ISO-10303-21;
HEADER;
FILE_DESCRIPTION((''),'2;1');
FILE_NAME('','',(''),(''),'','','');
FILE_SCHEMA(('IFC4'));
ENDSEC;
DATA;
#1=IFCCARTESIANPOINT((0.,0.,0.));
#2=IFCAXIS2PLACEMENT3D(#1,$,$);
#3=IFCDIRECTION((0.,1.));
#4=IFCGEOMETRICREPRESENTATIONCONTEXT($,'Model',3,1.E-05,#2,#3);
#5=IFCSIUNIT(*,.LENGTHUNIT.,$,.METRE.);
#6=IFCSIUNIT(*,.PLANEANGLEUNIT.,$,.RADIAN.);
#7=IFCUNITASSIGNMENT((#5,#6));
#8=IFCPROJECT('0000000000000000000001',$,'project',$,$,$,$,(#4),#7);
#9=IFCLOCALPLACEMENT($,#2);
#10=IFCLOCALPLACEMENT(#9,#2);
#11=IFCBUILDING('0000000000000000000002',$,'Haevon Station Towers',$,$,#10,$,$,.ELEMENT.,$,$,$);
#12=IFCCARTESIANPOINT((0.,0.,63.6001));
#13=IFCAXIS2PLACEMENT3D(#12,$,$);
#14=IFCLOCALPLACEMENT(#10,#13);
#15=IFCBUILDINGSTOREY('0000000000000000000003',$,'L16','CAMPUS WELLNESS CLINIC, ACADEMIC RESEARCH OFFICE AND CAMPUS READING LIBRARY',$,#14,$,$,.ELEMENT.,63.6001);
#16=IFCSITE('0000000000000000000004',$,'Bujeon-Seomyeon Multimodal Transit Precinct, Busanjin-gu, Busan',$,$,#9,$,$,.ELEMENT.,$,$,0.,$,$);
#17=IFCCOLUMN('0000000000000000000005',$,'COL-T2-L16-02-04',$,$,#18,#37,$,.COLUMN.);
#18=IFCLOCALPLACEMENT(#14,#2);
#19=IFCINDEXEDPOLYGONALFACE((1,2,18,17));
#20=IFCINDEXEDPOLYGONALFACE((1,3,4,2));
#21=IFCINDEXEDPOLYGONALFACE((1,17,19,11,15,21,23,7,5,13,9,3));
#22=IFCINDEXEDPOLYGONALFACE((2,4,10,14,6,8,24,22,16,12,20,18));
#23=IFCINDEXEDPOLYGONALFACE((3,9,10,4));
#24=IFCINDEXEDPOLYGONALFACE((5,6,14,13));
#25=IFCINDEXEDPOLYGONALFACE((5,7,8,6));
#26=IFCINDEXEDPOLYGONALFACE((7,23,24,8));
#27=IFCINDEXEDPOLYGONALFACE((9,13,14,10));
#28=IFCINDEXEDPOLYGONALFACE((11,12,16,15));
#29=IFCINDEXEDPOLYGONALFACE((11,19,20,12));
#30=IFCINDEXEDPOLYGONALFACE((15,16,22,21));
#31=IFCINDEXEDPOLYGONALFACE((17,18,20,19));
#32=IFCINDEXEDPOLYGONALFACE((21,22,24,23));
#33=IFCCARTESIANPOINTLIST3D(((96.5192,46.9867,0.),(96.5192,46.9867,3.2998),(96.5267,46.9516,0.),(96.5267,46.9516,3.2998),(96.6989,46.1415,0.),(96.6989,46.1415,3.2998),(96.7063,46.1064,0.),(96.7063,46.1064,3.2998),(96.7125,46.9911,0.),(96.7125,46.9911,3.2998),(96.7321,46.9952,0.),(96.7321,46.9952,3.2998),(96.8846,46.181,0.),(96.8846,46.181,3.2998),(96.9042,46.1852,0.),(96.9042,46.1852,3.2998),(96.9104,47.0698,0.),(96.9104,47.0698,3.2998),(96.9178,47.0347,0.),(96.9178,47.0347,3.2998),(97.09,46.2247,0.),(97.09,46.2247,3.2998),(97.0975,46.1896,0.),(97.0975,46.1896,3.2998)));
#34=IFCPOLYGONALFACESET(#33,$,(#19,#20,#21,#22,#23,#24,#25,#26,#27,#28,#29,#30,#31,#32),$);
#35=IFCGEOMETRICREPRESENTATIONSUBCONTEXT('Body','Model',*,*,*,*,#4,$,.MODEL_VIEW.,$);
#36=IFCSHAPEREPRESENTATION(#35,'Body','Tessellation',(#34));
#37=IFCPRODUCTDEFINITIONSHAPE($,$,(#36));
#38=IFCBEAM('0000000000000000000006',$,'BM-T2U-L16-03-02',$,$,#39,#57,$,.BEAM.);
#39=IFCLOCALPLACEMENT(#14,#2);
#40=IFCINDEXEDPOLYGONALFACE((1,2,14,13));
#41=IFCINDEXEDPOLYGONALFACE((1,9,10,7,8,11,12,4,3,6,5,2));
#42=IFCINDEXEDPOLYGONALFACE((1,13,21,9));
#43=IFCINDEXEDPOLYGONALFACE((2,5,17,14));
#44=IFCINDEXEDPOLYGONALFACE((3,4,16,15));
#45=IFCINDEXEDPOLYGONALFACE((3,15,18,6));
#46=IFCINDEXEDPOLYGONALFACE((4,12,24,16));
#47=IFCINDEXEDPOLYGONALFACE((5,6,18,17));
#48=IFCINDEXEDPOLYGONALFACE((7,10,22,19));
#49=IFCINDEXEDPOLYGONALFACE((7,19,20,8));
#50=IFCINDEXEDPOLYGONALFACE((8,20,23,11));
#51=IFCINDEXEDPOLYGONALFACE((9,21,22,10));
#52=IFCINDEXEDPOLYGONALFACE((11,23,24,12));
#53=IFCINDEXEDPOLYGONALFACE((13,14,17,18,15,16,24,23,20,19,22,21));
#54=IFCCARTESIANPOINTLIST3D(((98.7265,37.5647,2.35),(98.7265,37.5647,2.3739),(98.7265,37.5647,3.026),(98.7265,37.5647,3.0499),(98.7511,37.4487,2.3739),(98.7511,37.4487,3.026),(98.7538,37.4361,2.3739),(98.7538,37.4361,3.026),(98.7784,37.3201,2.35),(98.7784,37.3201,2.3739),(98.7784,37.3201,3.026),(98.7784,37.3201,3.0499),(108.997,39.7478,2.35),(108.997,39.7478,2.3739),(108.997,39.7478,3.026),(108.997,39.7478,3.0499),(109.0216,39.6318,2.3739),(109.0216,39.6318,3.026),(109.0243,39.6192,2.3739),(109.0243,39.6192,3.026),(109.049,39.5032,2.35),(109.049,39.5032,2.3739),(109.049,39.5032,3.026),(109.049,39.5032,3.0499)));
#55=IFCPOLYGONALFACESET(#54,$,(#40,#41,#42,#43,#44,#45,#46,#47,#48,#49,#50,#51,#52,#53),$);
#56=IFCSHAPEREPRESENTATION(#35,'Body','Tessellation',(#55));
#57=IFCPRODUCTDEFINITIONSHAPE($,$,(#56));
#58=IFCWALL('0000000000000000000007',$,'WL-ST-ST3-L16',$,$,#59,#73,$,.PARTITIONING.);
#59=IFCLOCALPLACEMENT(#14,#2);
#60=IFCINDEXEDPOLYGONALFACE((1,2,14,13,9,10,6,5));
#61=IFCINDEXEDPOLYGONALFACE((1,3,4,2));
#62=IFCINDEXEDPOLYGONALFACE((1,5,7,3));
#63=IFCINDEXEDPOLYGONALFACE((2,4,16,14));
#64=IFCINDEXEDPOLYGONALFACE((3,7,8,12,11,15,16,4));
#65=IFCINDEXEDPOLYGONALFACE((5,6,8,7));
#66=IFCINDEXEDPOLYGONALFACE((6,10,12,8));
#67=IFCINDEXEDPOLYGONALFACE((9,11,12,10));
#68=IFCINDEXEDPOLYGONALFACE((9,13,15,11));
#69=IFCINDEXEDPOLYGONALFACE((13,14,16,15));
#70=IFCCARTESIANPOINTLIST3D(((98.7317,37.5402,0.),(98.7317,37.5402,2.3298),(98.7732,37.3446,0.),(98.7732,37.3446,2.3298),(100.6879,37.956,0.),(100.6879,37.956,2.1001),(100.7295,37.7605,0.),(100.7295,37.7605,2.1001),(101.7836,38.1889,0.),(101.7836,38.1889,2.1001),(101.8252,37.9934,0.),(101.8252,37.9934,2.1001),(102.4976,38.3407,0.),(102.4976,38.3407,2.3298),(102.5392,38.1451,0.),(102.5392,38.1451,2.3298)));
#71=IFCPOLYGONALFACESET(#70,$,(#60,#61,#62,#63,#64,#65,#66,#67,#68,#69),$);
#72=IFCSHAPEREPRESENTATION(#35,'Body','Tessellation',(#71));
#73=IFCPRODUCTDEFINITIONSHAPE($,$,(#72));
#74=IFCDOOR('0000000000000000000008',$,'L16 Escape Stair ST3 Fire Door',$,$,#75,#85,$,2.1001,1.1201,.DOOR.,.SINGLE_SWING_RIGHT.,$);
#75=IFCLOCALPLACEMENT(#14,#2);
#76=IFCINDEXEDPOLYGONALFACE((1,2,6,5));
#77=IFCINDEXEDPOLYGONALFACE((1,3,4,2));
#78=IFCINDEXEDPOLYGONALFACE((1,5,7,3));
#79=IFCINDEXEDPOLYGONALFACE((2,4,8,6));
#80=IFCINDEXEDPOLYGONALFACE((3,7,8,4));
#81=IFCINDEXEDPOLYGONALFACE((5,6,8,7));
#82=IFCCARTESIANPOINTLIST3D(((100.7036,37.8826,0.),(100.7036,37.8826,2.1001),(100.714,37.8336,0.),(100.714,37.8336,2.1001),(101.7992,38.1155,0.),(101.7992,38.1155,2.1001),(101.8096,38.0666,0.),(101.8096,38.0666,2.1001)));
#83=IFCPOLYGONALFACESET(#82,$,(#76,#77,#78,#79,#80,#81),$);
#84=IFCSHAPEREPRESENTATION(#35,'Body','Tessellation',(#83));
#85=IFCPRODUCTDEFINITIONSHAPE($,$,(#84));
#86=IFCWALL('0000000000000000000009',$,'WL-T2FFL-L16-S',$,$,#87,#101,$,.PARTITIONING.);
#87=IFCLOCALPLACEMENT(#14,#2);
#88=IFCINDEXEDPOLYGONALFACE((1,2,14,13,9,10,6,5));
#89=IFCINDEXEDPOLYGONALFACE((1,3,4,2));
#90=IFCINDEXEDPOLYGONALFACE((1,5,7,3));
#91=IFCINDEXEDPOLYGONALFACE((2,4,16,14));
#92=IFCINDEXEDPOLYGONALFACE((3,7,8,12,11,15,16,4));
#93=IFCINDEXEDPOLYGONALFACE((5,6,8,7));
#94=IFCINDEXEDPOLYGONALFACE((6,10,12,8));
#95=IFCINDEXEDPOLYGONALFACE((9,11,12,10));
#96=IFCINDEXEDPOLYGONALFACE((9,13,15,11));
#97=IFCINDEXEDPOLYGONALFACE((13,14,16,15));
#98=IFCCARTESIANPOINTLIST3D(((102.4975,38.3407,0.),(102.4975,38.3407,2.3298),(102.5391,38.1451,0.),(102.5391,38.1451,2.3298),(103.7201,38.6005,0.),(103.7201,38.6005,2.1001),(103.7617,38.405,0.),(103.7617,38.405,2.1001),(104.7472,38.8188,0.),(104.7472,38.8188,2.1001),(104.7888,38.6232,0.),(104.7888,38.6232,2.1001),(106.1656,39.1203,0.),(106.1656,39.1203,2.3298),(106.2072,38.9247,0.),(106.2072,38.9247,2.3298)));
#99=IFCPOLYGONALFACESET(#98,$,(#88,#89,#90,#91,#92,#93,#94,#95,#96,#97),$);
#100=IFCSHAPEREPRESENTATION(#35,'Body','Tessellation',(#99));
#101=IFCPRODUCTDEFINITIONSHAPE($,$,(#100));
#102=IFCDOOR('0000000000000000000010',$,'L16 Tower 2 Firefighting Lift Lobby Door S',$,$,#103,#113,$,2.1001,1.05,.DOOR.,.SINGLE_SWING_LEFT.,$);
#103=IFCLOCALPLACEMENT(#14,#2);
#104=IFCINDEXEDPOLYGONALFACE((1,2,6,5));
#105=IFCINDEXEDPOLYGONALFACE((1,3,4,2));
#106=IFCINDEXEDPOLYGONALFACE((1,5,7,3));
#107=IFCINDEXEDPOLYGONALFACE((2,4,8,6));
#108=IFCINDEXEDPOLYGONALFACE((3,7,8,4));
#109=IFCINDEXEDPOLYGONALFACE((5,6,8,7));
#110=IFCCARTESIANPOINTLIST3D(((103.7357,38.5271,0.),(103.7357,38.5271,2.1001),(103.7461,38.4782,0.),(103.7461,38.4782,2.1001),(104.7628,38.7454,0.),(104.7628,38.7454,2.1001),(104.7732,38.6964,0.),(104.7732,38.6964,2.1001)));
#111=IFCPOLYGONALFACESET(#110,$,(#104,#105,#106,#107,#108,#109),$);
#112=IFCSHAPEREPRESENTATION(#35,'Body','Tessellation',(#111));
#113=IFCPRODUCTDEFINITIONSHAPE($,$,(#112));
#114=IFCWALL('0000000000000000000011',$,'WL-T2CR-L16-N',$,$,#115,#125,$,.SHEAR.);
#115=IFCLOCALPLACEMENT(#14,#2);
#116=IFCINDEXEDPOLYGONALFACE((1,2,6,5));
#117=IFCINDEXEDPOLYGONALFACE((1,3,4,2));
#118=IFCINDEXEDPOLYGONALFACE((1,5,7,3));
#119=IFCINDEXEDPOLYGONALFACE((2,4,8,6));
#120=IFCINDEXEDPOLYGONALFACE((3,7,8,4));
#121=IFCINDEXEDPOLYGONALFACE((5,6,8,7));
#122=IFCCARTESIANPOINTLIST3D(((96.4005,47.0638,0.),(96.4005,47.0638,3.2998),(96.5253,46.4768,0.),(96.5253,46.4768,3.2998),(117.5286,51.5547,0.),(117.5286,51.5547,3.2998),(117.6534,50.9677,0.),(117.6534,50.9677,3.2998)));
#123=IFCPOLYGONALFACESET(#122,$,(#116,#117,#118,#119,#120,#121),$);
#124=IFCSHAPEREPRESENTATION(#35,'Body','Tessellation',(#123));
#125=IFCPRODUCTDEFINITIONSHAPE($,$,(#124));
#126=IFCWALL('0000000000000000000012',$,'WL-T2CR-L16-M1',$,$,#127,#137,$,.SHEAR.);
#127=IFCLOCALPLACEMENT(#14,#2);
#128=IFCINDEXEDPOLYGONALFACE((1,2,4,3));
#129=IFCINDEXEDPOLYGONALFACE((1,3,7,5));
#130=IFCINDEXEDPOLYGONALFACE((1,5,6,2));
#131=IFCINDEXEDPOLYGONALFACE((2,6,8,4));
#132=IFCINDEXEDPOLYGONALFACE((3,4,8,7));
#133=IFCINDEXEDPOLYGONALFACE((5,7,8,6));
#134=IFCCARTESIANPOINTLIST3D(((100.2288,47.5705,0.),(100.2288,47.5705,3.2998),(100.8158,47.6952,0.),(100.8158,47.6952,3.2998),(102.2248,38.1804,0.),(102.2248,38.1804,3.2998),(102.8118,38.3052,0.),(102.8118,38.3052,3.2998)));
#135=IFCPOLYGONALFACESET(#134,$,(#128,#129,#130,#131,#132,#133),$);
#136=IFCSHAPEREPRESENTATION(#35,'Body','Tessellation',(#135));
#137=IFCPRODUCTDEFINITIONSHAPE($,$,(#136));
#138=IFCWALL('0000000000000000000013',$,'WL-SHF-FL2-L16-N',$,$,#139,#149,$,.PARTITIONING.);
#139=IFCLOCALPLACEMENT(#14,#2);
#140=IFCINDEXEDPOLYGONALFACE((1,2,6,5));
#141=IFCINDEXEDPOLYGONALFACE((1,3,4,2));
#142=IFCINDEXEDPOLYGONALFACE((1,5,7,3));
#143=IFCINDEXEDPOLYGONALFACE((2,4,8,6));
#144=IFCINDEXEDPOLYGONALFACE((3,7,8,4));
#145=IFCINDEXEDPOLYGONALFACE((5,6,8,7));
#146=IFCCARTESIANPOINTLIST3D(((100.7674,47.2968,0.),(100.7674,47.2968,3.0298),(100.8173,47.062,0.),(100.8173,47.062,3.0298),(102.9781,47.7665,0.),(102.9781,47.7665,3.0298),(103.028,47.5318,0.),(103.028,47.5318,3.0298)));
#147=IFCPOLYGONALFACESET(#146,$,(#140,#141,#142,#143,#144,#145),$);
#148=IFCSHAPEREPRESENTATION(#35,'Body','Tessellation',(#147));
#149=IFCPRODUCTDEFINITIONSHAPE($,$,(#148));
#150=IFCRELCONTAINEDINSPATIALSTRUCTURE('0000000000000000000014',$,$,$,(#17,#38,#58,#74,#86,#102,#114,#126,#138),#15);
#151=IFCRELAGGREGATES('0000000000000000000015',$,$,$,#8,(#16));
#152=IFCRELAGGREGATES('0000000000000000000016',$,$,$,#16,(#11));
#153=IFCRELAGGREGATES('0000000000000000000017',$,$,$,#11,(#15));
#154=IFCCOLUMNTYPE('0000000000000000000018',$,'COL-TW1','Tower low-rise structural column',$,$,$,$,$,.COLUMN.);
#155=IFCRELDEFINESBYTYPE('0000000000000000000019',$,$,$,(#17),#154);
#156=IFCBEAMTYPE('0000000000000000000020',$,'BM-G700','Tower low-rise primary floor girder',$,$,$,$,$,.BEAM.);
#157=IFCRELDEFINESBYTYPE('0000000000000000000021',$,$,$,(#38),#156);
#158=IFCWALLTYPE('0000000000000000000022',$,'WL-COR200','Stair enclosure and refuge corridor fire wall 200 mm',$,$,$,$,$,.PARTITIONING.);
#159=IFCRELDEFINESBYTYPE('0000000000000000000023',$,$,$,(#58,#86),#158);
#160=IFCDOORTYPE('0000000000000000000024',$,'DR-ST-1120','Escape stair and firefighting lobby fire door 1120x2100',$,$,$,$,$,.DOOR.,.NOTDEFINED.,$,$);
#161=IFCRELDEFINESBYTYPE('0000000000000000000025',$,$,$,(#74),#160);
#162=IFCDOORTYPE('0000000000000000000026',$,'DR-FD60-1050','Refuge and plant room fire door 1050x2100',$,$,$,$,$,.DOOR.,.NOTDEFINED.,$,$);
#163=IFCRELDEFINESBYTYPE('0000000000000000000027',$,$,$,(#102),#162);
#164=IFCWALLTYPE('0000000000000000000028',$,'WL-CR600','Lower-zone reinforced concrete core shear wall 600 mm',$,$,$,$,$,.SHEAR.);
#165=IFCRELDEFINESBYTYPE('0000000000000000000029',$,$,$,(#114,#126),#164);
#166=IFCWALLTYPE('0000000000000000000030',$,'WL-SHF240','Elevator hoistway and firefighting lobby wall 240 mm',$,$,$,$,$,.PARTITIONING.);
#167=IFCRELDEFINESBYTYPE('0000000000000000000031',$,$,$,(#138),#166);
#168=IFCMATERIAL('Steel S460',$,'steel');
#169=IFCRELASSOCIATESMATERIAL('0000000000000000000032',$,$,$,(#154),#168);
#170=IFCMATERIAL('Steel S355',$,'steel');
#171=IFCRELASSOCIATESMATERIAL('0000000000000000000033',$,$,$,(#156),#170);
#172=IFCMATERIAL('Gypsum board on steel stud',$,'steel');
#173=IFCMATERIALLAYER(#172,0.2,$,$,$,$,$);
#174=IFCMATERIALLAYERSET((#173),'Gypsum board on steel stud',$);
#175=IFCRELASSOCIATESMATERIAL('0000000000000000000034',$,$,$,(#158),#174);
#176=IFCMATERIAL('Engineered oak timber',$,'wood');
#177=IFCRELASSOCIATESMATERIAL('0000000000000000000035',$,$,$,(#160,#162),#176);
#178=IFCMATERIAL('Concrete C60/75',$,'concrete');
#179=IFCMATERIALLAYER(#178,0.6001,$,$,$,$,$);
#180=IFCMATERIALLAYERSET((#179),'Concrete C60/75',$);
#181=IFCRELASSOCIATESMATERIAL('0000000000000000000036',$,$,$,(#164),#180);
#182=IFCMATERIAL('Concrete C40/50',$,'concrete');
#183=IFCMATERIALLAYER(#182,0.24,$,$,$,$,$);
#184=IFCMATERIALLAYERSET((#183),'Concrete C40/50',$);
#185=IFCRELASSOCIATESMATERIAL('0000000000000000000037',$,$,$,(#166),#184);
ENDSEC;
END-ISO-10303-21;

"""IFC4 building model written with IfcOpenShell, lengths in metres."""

from ifc_helpers import new_model, si_unit, direction, frame, frame_2d, origin, origin_2d, place, context, subcontext, project, spatial, rectangle, i_section, extrude, material, layer, layer_set, material_profile, profile_set, type_object, element, fill, save


model = new_model("IFC4")

# Units and contexts
model_context = context("Model", 3, precision=1e-05, world=origin(), true_north=direction((0.0, 1.0)))
body_context = subcontext(model_context, "Body", "Model", "MODEL_VIEW")
ifc_project = project(units=[si_unit("LENGTHUNIT", "METRE"), si_unit("PLANEANGLEUNIT", "RADIAN")], contexts=[model_context])

# Site, building, storey
site_placement = place(None, origin())
site = spatial("IfcSite", under=ifc_project, at=site_placement, Name="Bujeon-Seomyeon Multimodal Transit Precinct, Busanjin-gu, Busan", CompositionType="ELEMENT", RefElevation=0.0)
building_placement = place(site_placement, origin())
building = spatial("IfcBuilding", under=site, at=building_placement, Name="Haevon Station Towers", CompositionType="ELEMENT")
storey_placement = place(building_placement, frame((0.0, 0.0, 63.6001)))
storey = spatial("IfcBuildingStorey", under=building, at=storey_placement, Name="L16", Description="CAMPUS WELLNESS CLINIC, ACADEMIC RESEARCH OFFICE AND CAMPUS READING LIBRARY", CompositionType="ELEMENT", Elevation=63.6001)

# Column
ifc_material_1 = material(Name="Steel S460", Category="steel")
ifc_material_profile_1 = material_profile(ifc_material_1, i_section(OverallWidth=0.3999, OverallDepth=0.8999, WebThickness=0.02, FlangeThickness=0.0359, at=origin_2d()), Name="H-900x400x20x36")
ifc_profile_set_1 = profile_set([ifc_material_profile_1], Name="Steel S460")
column_type = type_object("IfcColumnType", Name="COL-TW1", Description="Tower low-rise structural column", PredefinedType="COLUMN", material=ifc_profile_set_1)
column_placement = place(storey_placement, frame((96.8083, 46.5881, 0.0), z_axis=(0.0, 0.0, 1.0), x_axis=(0.978148, 0.207912, 0.0)))
element("IfcColumn", 1, at=column_placement, inside=storey, type_object=column_type, Name="COL-T2-L16-02-04", PredefinedType="COLUMN", context=body_context, shape_type="SweptSolid", body=[
    extrude(i_section(OverallWidth=0.3999, OverallDepth=0.8999, WebThickness=0.02, FlangeThickness=0.0359, at=origin_2d()), origin(), (0.0, 0.0, 1.0), 3.2998),
])

# Beam
ifc_material_2 = material(Name="Steel S355", Category="steel")
ifc_material_profile_2 = material_profile(ifc_material_2, i_section(OverallWidth=0.25, OverallDepth=0.7, WebThickness=0.0129, FlangeThickness=0.0239, at=origin_2d()), Name="H-700x250x13x24")
ifc_profile_set_2 = profile_set([ifc_material_profile_2], Name="Steel S355")
beam_type = type_object("IfcBeamType", Name="BM-G700", Description="Tower low-rise primary floor girder", PredefinedType="BEAM", material=ifc_profile_set_2)
beam_placement = place(storey_placement, frame((98.7524, 37.4424, 2.7), z_axis=(0.978147, 0.207915, 0.0), x_axis=(-0.207915, 0.978147, 0.0)))
element("IfcBeam", 2, at=beam_placement, inside=storey, type_object=beam_type, Name="BM-T2U-L16-03-02", PredefinedType="BEAM", context=body_context, shape_type="SweptSolid", body=[
    extrude(i_section(OverallWidth=0.25, OverallDepth=0.7, WebThickness=0.0129, FlangeThickness=0.0239, at=origin_2d()), origin(), (0.0, 0.0, 1.0), 10.5),
])

# Walls, openings, doors
ifc_material_3 = material(Name="Gypsum board on steel stud", Category="steel")
ifc_layer_1 = layer(ifc_material_3, 0.2)
ifc_layer_set_1 = layer_set([ifc_layer_1], Name="Gypsum board on steel stud")
wall_type_1 = type_object("IfcWallType", Name="WL-COR200", Description="Stair enclosure and refuge corridor fire wall 200 mm", PredefinedType="PARTITIONING", material=ifc_layer_set_1)
wall_1_placement = place(storey_placement, frame((98.7524, 37.4424, 0.0), z_axis=(0.0, 0.0, 1.0), x_axis=(0.978144, 0.207931, 0.0)))
wall_1 = element("IfcWall", 3, at=wall_1_placement, inside=storey, type_object=wall_type_1, Name="WL-ST-ST3-L16", PredefinedType="PARTITIONING", context=body_context, shape_type="SweptSolid", body=[
    extrude(rectangle(XDim=3.8501, YDim=0.2, at=frame_2d((1.925, 0.0))), origin(), (0.0, 0.0, 1.0), 2.3298),
])
opening_1_placement = place(wall_1_placement, frame((2.0, 0.0, 0.0)))
opening_1 = element("IfcOpeningElement", 4, at=opening_1_placement, cuts=wall_1, PredefinedType="OPENING", context=body_context, shape_type="SweptSolid", body=[
    extrude(rectangle(XDim=1.1201, YDim=2.1001, at=frame_2d((0.5601, 1.05))), frame((0.0, 0.1099, 0.0), z_axis=(0.0, -1.0, 0.0), x_axis=(1.0, 0.0, 0.0)), (0.0, 0.0, 1.0), 0.22),
])
ifc_material_4 = material(Name="Engineered oak timber", Category="wood")
door_type_1 = type_object("IfcDoorType", Name="DR-ST-1120", Description="Escape stair and firefighting lobby fire door 1120x2100", OperationType="NOTDEFINED", PredefinedType="DOOR", material=ifc_material_4)
door_1_placement = place(opening_1_placement, origin())
door_1 = element("IfcDoor", 5, at=door_1_placement, inside=storey, type_object=door_type_1, Name="L16 Escape Stair ST3 Fire Door", OperationType="SINGLE_SWING_RIGHT", OverallHeight=2.1001, OverallWidth=1.1201, PredefinedType="DOOR", context=body_context, shape_type="SweptSolid", body=[
    extrude(rectangle(XDim=1.1201, YDim=2.1001, at=frame_2d((0.5601, 1.05))), frame((0.0, 0.0249, 0.0), z_axis=(0.0, -1.0, 0.0), x_axis=(1.0, 0.0, 0.0)), (0.0, 0.0, 1.0), 0.05),
])
fill(opening_1, door_1)
wall_2_placement = place(storey_placement, frame((102.5183, 38.2429, 0.0), z_axis=(0.0, 0.0, 1.0), x_axis=(0.978154, 0.207884, 0.0)))
wall_2 = element("IfcWall", 6, at=wall_2_placement, inside=storey, type_object=wall_type_1, Name="WL-T2FFL-L16-S", PredefinedType="PARTITIONING", context=body_context, shape_type="SweptSolid", body=[
    extrude(rectangle(XDim=3.75, YDim=0.2, at=frame_2d((1.875, 0.0))), origin(), (0.0, 0.0, 1.0), 2.3298),
])
opening_2_placement = place(wall_2_placement, frame((1.25, 0.0, 0.0)))
opening_2 = element("IfcOpeningElement", 7, at=opening_2_placement, cuts=wall_2, PredefinedType="OPENING", context=body_context, shape_type="SweptSolid", body=[
    extrude(rectangle(XDim=1.05, YDim=2.1001, at=frame_2d((0.5249, 1.05))), frame((0.0, 0.1099, 0.0), z_axis=(0.0, -1.0, 0.0), x_axis=(1.0, 0.0, 0.0)), (0.0, 0.0, 1.0), 0.22),
])
door_type_2 = type_object("IfcDoorType", Name="DR-FD60-1050", Description="Refuge and plant room fire door 1050x2100", OperationType="NOTDEFINED", PredefinedType="DOOR", material=ifc_material_4)
door_2_placement = place(opening_2_placement, origin())
door_2 = element("IfcDoor", 8, at=door_2_placement, inside=storey, type_object=door_type_2, Name="L16 Tower 2 Firefighting Lift Lobby Door S", OperationType="SINGLE_SWING_LEFT", OverallHeight=2.1001, OverallWidth=1.05, PredefinedType="DOOR", context=body_context, shape_type="SweptSolid", body=[
    extrude(rectangle(XDim=1.05, YDim=2.1001, at=frame_2d((0.5249, 1.05))), frame((0.0, 0.0249, 0.0), z_axis=(0.0, -1.0, 0.0), x_axis=(1.0, 0.0, 0.0)), (0.0, 0.0, 1.0), 0.05),
])
fill(opening_2, door_2)

# Walls
ifc_material_5 = material(Name="Concrete C60/75", Category="concrete")
ifc_layer_2 = layer(ifc_material_5, 0.6001)
ifc_layer_set_2 = layer_set([ifc_layer_2], Name="Concrete C60/75")
wall_type_2 = type_object("IfcWallType", Name="WL-CR600", Description="Lower-zone reinforced concrete core shear wall 600 mm", PredefinedType="SHEAR", material=ifc_layer_set_2)
wall_3_placement = place(storey_placement, frame((96.4629, 46.7703, 0.0), z_axis=(0.0, 0.0, 1.0), x_axis=(0.978147, 0.207913, 0.0)))
element("IfcWall", 9, at=wall_3_placement, inside=storey, type_object=wall_type_2, Name="WL-T2CR-L16-N", PredefinedType="SHEAR", context=body_context, shape_type="SweptSolid", body=[
    extrude(rectangle(XDim=21.6001, YDim=0.6001, at=frame_2d((10.8, 0.0))), origin(), (0.0, 0.0, 1.0), 3.2998),
])
wall_4_placement = place(storey_placement, frame((102.5183, 38.2429, 0.0), z_axis=(0.0, 0.0, 1.0), x_axis=(-0.207927, 0.978144, 0.0)))
element("IfcWall", 10, at=wall_4_placement, inside=storey, type_object=wall_type_2, Name="WL-T2CR-L16-M1", PredefinedType="SHEAR", context=body_context, shape_type="SweptSolid", body=[
    extrude(rectangle(XDim=9.5999, YDim=0.6001, at=frame_2d((4.7998, 0.0))), origin(), (0.0, 0.0, 1.0), 3.2998),
])

# Shared definitions
ifc_material_6 = material(Name="Concrete C40/50", Category="concrete")
ifc_layer_3 = layer(ifc_material_6, 0.24)
ifc_layer_set_3 = layer_set([ifc_layer_3], Name="Concrete C40/50")
wall_type_3 = type_object("IfcWallType", Name="WL-SHF240", Description="Elevator hoistway and firefighting lobby wall 240 mm", PredefinedType="PARTITIONING", material=ifc_layer_set_3)

# Wall
wall_5_placement = place(storey_placement, frame((100.7925, 47.1794, 0.0), z_axis=(0.0, 0.0, 1.0), x_axis=(0.978163, 0.207839, 0.0)))
element("IfcWall", 11, at=wall_5_placement, inside=storey, type_object=wall_type_3, Name="WL-SHF-FL2-L16-N", PredefinedType="PARTITIONING", context=body_context, shape_type="SweptSolid", body=[
    extrude(rectangle(XDim=2.26, YDim=0.24, at=frame_2d((1.1299, 0.0))), origin(), (0.0, 0.0, 1.0), 3.0298),
])

save(model, "model.ifc")
